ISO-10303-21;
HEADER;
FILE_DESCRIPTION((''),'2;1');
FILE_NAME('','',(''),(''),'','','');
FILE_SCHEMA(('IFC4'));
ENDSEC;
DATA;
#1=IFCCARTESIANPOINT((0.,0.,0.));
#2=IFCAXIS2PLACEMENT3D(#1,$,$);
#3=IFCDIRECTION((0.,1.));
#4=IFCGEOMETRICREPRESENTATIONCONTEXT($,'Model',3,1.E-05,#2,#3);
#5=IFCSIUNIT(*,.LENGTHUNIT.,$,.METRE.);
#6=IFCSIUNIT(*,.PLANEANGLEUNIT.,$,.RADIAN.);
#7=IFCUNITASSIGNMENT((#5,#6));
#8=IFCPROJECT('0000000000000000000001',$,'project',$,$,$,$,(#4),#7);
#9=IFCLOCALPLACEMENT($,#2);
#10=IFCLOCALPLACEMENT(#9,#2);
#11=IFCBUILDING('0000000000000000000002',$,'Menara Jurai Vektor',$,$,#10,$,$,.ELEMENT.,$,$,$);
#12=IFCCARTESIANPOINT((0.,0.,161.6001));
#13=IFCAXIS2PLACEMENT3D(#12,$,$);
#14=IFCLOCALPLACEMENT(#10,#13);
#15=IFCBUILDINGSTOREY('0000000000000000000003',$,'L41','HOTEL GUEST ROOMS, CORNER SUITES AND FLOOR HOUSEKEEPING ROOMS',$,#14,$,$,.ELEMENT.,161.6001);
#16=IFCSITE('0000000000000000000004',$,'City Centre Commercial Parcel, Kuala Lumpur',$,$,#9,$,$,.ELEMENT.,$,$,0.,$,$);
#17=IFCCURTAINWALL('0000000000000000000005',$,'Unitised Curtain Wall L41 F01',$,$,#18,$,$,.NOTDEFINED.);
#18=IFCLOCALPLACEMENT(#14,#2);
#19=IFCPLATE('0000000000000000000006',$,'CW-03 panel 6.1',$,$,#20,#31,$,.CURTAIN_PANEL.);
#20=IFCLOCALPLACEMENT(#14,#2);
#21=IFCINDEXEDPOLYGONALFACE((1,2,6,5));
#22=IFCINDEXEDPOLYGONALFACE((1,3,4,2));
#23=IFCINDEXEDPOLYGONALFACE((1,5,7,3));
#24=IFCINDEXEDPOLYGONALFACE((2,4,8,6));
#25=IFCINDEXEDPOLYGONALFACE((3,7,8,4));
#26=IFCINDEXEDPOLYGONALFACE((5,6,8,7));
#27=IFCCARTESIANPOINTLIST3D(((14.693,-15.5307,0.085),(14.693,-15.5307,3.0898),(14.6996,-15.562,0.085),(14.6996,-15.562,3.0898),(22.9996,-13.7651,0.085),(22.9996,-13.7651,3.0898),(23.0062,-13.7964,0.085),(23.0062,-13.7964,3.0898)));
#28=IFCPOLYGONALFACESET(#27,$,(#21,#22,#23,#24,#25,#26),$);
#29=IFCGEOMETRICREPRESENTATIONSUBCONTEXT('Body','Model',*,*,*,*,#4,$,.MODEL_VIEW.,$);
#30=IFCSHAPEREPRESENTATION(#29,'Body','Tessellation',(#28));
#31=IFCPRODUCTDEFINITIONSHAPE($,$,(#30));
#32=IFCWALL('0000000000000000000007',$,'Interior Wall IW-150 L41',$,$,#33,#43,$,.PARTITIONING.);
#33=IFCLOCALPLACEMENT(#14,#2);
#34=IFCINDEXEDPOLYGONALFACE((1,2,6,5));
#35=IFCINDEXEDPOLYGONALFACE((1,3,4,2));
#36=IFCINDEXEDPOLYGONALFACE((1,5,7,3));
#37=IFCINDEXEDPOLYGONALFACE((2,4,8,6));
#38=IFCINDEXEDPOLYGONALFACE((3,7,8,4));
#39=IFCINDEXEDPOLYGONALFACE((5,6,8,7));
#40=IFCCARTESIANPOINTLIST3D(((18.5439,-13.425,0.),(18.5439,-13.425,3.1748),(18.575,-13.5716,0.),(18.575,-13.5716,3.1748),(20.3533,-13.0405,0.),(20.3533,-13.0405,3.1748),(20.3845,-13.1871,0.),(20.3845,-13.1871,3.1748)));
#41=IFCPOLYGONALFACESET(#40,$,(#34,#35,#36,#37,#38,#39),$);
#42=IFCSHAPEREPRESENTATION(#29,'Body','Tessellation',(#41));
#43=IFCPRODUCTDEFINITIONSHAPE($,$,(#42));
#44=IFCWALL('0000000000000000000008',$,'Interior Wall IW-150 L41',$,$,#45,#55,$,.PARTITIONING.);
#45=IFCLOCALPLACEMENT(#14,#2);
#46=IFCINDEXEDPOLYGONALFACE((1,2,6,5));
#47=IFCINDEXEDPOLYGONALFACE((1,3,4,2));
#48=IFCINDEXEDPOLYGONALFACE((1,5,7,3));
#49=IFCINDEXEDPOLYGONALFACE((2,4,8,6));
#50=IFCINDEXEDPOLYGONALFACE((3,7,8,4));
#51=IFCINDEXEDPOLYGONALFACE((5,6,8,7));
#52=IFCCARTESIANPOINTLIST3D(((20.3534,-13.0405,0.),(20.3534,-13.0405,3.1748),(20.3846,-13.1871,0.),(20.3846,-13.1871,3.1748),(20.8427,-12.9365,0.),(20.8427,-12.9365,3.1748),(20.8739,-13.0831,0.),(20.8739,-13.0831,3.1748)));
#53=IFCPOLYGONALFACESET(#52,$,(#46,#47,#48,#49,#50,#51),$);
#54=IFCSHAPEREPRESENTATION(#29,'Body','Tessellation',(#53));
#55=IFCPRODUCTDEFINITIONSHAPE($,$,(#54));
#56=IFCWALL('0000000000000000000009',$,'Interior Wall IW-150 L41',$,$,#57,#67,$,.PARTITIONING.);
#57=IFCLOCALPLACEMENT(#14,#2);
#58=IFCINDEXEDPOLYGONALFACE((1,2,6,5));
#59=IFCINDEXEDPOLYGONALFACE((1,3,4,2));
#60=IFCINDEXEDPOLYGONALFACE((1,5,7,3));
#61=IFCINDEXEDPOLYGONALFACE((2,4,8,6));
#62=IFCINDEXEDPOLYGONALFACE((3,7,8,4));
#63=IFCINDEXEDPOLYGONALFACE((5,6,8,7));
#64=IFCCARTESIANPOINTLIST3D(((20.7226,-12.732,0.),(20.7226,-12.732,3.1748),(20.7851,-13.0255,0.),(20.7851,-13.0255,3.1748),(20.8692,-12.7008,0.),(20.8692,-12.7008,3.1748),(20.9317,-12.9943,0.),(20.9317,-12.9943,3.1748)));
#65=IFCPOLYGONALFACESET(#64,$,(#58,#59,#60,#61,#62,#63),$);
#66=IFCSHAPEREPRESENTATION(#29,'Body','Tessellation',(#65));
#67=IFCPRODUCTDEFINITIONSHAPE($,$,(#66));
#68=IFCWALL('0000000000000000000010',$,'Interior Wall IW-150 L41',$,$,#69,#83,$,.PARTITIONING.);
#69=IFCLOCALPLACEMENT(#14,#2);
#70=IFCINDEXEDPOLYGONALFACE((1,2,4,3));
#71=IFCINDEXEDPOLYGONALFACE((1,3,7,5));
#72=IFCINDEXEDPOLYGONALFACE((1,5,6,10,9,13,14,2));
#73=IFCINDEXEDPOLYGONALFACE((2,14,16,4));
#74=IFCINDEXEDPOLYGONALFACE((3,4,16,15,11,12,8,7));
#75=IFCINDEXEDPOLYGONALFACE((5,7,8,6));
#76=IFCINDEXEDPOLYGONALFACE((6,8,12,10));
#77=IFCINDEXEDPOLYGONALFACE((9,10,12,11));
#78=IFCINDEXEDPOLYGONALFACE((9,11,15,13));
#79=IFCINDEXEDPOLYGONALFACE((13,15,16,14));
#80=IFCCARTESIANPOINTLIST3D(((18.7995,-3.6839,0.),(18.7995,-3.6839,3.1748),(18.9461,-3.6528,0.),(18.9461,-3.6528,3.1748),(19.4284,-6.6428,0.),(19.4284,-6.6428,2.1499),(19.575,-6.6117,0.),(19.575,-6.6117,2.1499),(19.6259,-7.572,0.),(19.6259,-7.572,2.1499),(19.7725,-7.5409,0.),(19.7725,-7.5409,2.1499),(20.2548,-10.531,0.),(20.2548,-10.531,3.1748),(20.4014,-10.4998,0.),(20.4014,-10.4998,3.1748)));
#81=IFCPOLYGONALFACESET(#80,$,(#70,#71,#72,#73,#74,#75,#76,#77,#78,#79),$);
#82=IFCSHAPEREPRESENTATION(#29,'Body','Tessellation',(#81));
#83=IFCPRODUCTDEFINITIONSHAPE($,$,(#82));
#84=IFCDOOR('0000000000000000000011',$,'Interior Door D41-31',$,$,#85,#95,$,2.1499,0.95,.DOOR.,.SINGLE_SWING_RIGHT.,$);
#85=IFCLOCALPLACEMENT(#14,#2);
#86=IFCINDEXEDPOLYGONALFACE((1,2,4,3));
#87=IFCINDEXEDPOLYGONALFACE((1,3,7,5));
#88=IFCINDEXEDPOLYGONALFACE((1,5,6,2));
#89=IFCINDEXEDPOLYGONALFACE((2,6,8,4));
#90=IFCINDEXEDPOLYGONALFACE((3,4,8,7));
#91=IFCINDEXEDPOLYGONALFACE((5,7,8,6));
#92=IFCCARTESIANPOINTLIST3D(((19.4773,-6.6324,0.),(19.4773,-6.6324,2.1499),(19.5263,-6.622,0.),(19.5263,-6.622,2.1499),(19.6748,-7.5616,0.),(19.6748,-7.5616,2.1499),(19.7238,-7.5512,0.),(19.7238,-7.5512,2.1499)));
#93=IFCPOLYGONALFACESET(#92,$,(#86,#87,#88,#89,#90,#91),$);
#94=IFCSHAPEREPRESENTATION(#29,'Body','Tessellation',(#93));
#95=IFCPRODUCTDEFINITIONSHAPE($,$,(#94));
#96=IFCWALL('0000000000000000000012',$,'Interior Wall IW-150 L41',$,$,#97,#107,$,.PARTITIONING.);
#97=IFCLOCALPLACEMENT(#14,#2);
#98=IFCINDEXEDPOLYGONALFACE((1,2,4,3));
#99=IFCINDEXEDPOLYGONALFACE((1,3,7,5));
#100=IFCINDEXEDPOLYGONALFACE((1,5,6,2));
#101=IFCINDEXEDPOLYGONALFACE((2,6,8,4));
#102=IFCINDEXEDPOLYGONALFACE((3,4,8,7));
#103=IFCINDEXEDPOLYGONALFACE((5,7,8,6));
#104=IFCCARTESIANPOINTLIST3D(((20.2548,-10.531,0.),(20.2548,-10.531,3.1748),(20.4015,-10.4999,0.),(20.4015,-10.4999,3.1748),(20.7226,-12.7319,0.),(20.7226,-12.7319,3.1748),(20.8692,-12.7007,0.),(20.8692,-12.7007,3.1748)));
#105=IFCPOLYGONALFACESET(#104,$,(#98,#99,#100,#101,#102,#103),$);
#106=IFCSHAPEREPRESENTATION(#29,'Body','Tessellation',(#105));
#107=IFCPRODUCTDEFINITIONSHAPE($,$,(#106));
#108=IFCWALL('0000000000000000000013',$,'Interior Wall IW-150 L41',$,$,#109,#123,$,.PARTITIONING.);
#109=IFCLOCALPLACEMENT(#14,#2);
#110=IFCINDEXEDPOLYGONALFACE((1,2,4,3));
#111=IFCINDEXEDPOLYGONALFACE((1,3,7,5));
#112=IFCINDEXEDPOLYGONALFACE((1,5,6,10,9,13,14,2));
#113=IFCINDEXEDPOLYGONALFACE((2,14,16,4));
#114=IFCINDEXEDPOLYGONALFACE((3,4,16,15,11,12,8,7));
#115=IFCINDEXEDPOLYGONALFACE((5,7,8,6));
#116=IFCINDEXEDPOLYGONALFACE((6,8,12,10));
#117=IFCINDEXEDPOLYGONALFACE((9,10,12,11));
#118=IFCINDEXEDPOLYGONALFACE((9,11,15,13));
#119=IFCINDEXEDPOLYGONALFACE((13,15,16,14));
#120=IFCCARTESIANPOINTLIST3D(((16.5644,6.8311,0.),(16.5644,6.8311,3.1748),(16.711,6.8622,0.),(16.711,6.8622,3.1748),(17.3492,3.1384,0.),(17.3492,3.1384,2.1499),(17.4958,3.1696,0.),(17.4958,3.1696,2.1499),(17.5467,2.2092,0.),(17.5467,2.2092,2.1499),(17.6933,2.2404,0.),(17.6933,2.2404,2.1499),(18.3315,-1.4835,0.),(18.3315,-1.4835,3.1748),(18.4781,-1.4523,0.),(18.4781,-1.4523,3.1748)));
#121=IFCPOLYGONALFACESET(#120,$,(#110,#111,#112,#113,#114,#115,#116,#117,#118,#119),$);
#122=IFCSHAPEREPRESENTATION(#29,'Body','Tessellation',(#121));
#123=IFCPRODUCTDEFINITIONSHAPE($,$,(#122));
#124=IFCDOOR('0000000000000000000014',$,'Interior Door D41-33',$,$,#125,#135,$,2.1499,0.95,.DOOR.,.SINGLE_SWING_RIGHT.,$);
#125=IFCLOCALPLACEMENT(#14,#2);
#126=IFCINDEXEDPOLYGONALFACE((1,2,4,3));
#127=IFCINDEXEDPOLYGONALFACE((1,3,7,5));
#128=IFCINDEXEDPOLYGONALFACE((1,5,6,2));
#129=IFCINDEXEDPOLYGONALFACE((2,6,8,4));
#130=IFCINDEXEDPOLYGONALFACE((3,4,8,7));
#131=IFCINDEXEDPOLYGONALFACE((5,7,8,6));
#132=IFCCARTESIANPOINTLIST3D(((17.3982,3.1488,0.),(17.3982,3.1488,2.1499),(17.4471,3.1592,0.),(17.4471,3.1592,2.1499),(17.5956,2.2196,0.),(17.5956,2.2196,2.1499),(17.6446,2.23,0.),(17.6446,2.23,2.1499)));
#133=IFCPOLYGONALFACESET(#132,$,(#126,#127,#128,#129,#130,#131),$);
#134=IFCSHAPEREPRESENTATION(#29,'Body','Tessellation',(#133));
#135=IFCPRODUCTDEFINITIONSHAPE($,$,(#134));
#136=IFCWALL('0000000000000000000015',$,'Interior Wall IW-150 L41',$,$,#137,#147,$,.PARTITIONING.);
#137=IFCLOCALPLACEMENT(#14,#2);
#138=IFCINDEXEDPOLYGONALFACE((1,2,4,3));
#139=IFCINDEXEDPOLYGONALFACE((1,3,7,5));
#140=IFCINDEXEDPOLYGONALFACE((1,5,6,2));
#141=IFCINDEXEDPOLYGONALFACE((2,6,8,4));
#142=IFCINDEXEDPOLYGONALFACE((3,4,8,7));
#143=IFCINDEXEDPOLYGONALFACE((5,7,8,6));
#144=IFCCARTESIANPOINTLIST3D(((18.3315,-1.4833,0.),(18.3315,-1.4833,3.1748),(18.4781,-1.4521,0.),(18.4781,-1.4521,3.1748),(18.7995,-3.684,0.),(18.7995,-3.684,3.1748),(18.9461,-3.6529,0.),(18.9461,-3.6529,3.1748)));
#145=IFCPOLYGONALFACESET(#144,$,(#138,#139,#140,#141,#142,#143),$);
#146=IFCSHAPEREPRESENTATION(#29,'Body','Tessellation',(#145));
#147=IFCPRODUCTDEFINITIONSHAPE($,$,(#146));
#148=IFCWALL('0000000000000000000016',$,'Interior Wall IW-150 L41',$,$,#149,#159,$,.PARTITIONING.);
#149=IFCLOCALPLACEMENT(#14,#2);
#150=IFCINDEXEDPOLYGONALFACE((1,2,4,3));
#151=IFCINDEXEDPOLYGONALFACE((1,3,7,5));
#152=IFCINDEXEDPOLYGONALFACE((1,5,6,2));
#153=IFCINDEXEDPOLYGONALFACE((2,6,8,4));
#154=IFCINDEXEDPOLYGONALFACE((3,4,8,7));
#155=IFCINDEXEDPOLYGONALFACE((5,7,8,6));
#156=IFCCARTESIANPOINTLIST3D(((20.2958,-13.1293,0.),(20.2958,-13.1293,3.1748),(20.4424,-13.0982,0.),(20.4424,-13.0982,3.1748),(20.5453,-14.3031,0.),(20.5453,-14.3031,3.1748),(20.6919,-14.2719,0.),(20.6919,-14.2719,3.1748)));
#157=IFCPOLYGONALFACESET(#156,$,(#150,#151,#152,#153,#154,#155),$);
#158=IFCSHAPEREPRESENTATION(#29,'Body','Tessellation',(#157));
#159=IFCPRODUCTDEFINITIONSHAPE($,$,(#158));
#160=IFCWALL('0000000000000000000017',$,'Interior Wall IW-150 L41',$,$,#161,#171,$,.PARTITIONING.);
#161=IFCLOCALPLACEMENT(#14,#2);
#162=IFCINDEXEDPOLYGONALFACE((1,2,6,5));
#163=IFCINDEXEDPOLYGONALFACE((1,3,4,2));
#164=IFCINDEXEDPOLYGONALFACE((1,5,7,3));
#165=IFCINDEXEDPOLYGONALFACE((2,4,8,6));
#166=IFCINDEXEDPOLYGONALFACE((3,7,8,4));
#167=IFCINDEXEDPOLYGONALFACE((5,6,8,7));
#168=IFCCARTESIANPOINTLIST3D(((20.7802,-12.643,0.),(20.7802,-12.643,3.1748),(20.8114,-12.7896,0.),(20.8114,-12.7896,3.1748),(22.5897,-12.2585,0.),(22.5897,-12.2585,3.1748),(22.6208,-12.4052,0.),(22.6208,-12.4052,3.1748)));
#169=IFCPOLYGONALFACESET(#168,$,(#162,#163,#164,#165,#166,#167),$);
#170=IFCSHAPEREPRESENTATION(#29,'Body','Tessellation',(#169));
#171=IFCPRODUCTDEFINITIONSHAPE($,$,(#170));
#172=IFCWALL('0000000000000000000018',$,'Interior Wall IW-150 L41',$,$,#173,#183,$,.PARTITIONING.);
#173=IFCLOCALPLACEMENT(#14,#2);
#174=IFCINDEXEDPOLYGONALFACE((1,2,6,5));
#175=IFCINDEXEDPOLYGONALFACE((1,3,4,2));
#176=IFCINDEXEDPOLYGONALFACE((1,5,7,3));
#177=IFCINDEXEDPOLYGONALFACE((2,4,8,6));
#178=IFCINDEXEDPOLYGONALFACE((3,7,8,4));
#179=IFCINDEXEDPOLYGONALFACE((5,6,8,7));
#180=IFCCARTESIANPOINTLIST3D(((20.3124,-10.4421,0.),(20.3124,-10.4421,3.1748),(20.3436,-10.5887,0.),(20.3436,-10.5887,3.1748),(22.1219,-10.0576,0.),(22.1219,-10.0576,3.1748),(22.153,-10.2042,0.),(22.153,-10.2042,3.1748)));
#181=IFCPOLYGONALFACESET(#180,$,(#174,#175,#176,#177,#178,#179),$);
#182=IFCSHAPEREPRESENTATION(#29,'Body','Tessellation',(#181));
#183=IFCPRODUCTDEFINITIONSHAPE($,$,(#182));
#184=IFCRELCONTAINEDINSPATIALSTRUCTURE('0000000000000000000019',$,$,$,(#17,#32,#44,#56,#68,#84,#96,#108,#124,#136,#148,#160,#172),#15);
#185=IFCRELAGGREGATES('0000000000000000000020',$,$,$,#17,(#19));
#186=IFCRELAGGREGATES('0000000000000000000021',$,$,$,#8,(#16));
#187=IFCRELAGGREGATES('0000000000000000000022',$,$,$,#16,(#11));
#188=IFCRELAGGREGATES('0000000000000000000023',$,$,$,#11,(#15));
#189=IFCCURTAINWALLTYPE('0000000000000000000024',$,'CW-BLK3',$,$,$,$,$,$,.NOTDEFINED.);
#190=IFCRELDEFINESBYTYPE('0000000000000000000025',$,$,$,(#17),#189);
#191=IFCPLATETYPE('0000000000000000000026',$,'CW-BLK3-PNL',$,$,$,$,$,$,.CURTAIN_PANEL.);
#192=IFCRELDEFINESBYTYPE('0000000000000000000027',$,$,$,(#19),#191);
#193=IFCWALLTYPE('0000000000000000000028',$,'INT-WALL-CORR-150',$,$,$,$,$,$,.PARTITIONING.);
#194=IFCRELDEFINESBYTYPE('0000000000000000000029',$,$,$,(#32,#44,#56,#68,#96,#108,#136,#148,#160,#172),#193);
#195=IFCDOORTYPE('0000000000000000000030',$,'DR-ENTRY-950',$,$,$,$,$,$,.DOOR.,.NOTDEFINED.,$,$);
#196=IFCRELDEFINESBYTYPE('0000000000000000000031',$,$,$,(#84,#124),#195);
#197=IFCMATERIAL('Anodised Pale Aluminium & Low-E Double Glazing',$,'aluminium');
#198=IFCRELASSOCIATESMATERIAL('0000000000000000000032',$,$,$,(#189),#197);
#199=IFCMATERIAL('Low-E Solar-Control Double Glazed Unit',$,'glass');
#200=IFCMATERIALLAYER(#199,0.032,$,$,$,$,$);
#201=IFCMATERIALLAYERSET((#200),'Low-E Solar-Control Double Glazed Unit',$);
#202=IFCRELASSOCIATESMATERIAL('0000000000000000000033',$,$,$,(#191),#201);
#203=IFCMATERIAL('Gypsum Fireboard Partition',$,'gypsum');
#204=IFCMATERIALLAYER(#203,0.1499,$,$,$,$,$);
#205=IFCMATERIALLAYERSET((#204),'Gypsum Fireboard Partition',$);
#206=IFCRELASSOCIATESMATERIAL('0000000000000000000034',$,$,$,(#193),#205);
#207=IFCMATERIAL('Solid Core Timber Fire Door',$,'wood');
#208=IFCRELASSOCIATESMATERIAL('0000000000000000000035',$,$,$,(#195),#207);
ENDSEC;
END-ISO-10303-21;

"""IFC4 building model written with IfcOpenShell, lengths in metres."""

from ifc_helpers import new_model, si_unit, direction, frame, frame_2d, origin, origin_2d, place, context, subcontext, project, spatial, rectangle, extrude, material, layer, layer_set, type_object, element, fill, aggregate, save


model = new_model("IFC4")

# Units and contexts
model_context = context("Model", 3, precision=1e-05, world=origin(), true_north=direction((0.0, 1.0)))
body_context = subcontext(model_context, "Body", "Model", "MODEL_VIEW")
ifc_project = project(units=[si_unit("LENGTHUNIT", "METRE"), si_unit("PLANEANGLEUNIT", "RADIAN")], contexts=[model_context])

# Site, building, storey
site_placement = place(None, origin())
site = spatial("IfcSite", under=ifc_project, at=site_placement, Name="City Centre Commercial Parcel, Kuala Lumpur", CompositionType="ELEMENT", RefElevation=0.0)
building_placement = place(site_placement, origin())
building = spatial("IfcBuilding", under=site, at=building_placement, Name="Menara Jurai Vektor", CompositionType="ELEMENT")
storey_placement = place(building_placement, frame((0.0, 0.0, 161.6001)))
storey = spatial("IfcBuildingStorey", under=building, at=storey_placement, Name="L41", Description="HOTEL GUEST ROOMS, CORNER SUITES AND FLOOR HOUSEKEEPING ROOMS", CompositionType="ELEMENT", Elevation=161.6001)

# Curtain wall
ifc_material_1 = material(Name="Anodised Pale Aluminium & Low-E Double Glazing", Category="aluminium")
curtain_wall_type = type_object("IfcCurtainWallType", Name="CW-BLK3", PredefinedType="NOTDEFINED", material=ifc_material_1)
curtain_wall_placement = place(storey_placement, origin())
curtain_wall = element("IfcCurtainWall", 1, at=curtain_wall_placement, inside=storey, type_object=curtain_wall_type, Name="Unitised Curtain Wall L41 F01", PredefinedType="NOTDEFINED")

# Plate
ifc_material_2 = material(Name="Low-E Solar-Control Double Glazed Unit", Category="glass")
ifc_layer_1 = layer(ifc_material_2, 0.032)
ifc_layer_set_1 = layer_set([ifc_layer_1], Name="Low-E Solar-Control Double Glazed Unit")
plate_type = type_object("IfcPlateType", Name="CW-BLK3-PNL", PredefinedType="CURTAIN_PANEL", material=ifc_layer_set_1)
plate_placement = place(storey_placement, frame((18.8496, -14.6636, 0.085), z_axis=(0.0, 0.0, 1.0), x_axis=(0.978148, 0.207911, 0.0)))
plate = element("IfcPlate", 2, at=plate_placement, type_object=plate_type, Name="CW-03 panel 6.1", PredefinedType="CURTAIN_PANEL", context=body_context, shape_type="SweptSolid", body=[
    extrude(rectangle(XDim=8.4922, YDim=0.032, at=origin_2d()), origin(), (0.0, 0.0, 1.0), 3.0049),
])
aggregate(curtain_wall, [plate])

# Walls
ifc_material_3 = material(Name="Gypsum Fireboard Partition", Category="gypsum")
ifc_layer_2 = layer(ifc_material_3, 0.1499)
ifc_layer_set_2 = layer_set([ifc_layer_2], Name="Gypsum Fireboard Partition")
wall_type_1 = type_object("IfcWallType", Name="INT-WALL-CORR-150", PredefinedType="PARTITIONING", material=ifc_layer_set_2)
wall_1_placement = place(storey_placement, frame((18.5596, -13.4983, 0.0), z_axis=(0.0, 0.0, 1.0), x_axis=(0.97816, 0.207852, 0.0)))
element("IfcWall", 3, at=wall_1_placement, inside=storey, type_object=wall_type_1, Name="Interior Wall IW-150 L41", PredefinedType="PARTITIONING", context=body_context, shape_type="SweptSolid", body=[
    extrude(rectangle(XDim=1.8499, YDim=0.1499, at=frame_2d((0.9248, 0.0))), origin(), (0.0, 0.0, 1.0), 3.1748),
])
wall_2_placement = place(storey_placement, frame((20.3691, -13.1138, 0.0), z_axis=(0.0, 0.0, 1.0), x_axis=(0.978144, 0.207929, 0.0)))
element("IfcWall", 4, at=wall_2_placement, inside=storey, type_object=wall_type_1, Name="Interior Wall IW-150 L41", PredefinedType="PARTITIONING", context=body_context, shape_type="SweptSolid", body=[
    extrude(rectangle(XDim=0.5002, YDim=0.1499, at=frame_2d((0.25, 0.0))), origin(), (0.0, 0.0, 1.0), 3.1748),
])
wall_3_placement = place(storey_placement, frame((20.8584, -13.0098, 0.0), z_axis=(0.0, 0.0, 1.0), x_axis=(-0.208306, 0.978064, 0.0)))
element("IfcWall", 5, at=wall_3_placement, inside=storey, type_object=wall_type_1, Name="Interior Wall IW-150 L41", PredefinedType="PARTITIONING", context=body_context, shape_type="SweptSolid", body=[
    extrude(rectangle(XDim=0.3, YDim=0.1499, at=frame_2d((0.1499, 0.0))), origin(), (0.0, 0.0, 1.0), 3.1748),
])

# Wall, opening, door
wall_4_placement = place(storey_placement, frame((20.3281, -10.5154, 0.0), z_axis=(0.0, 0.0, 1.0), x_axis=(-0.207907, 0.978149, 0.0)))
wall_4 = element("IfcWall", 6, at=wall_4_placement, inside=storey, type_object=wall_type_1, Name="Interior Wall IW-150 L41", PredefinedType="PARTITIONING", context=body_context, shape_type="SweptSolid", body=[
    extrude(rectangle(XDim=7.0, YDim=0.1499, at=frame_2d((3.5, 0.0))), origin(), (0.0, 0.0, 1.0), 3.1748),
])
opening_1_placement = place(wall_4_placement, frame((3.0249, 0.0, 0.0)))
opening_1 = element("IfcOpeningElement", 7, at=opening_1_placement, cuts=wall_4, PredefinedType="OPENING", context=body_context, shape_type="SweptSolid", body=[
    extrude(rectangle(XDim=0.95, YDim=2.1499, at=frame_2d((0.4751, 1.075))), frame((0.0, 0.085, 0.0), z_axis=(0.0, -1.0, 0.0), x_axis=(1.0, 0.0, 0.0)), (0.0, 0.0, 1.0), 0.1699),
])
ifc_material_4 = material(Name="Solid Core Timber Fire Door", Category="wood")
door_type_1 = type_object("IfcDoorType", Name="DR-ENTRY-950", OperationType="NOTDEFINED", PredefinedType="DOOR", material=ifc_material_4)
door_1_placement = place(opening_1_placement, origin())
door_1 = element("IfcDoor", 8, at=door_1_placement, inside=storey, type_object=door_type_1, Name="Interior Door D41-31", OperationType="SINGLE_SWING_RIGHT", OverallHeight=2.1499, OverallWidth=0.95, PredefinedType="DOOR", context=body_context, shape_type="SweptSolid", body=[
    extrude(rectangle(XDim=0.95, YDim=2.1499, at=frame_2d((0.4751, 1.075))), frame((0.0, 0.0249, 0.0), z_axis=(0.0, -1.0, 0.0), x_axis=(1.0, 0.0, 0.0)), (0.0, 0.0, 1.0), 0.05),
])
fill(opening_1, door_1)

# Wall
wall_5_placement = place(storey_placement, frame((20.7959, -12.7163, 0.0), z_axis=(0.0, 0.0, 1.0), x_axis=(-0.207891, 0.978152, 0.0)))
element("IfcWall", 9, at=wall_5_placement, inside=storey, type_object=wall_type_1, Name="Interior Wall IW-150 L41", PredefinedType="PARTITIONING", context=body_context, shape_type="SweptSolid", body=[
    extrude(rectangle(XDim=2.25, YDim=0.1499, at=frame_2d((1.125, 0.0))), origin(), (0.0, 0.0, 1.0), 3.1748),
])

# Wall, opening, door
wall_6_placement = place(storey_placement, frame((18.4048, -1.4678, 0.0), z_axis=(0.0, 0.0, 1.0), x_axis=(-0.207889, 0.978152, 0.0)))
wall_6 = element("IfcWall", 10, at=wall_6_placement, inside=storey, type_object=wall_type_1, Name="Interior Wall IW-150 L41", PredefinedType="PARTITIONING", context=body_context, shape_type="SweptSolid", body=[
    extrude(rectangle(XDim=8.5002, YDim=0.1499, at=frame_2d((4.25, 0.0))), origin(), (0.0, 0.0, 1.0), 3.1748),
])
opening_2_placement = place(wall_6_placement, frame((3.7749, 0.0, 0.0)))
opening_2 = element("IfcOpeningElement", 11, at=opening_2_placement, cuts=wall_6, PredefinedType="OPENING", context=body_context, shape_type="SweptSolid", body=[
    extrude(rectangle(XDim=0.95, YDim=2.1499, at=frame_2d((0.4751, 1.075))), frame((0.0, 0.085, 0.0), z_axis=(0.0, -1.0, 0.0), x_axis=(1.0, 0.0, 0.0)), (0.0, 0.0, 1.0), 0.1699),
])
door_2_placement = place(opening_2_placement, origin())
door_2 = element("IfcDoor", 12, at=door_2_placement, inside=storey, type_object=door_type_1, Name="Interior Door D41-33", OperationType="SINGLE_SWING_RIGHT", OverallHeight=2.1499, OverallWidth=0.95, PredefinedType="DOOR", context=body_context, shape_type="SweptSolid", body=[
    extrude(rectangle(XDim=0.95, YDim=2.1499, at=frame_2d((0.4751, 1.075))), frame((0.0, 0.0249, 0.0), z_axis=(0.0, -1.0, 0.0), x_axis=(1.0, 0.0, 0.0)), (0.0, 0.0, 1.0), 0.05),
])
fill(opening_2, door_2)

# Walls
wall_7_placement = place(storey_placement, frame((18.8728, -3.6685, 0.0), z_axis=(0.0, 0.0, 1.0), x_axis=(-0.208017, 0.978125, 0.0)))
element("IfcWall", 13, at=wall_7_placement, inside=storey, type_object=wall_type_1, Name="Interior Wall IW-150 L41", PredefinedType="PARTITIONING", context=body_context, shape_type="SweptSolid", body=[
    extrude(rectangle(XDim=2.25, YDim=0.1499, at=frame_2d((1.125, 0.0))), origin(), (0.0, 0.0, 1.0), 3.1748),
])
wall_8_placement = place(storey_placement, frame((20.6187, -14.2876, 0.0), z_axis=(0.0, 0.0, 1.0), x_axis=(-0.207917, 0.978146, 0.0)))
element("IfcWall", 14, at=wall_8_placement, inside=storey, type_object=wall_type_1, Name="Interior Wall IW-150 L41", PredefinedType="PARTITIONING", context=body_context, shape_type="SweptSolid", body=[
    extrude(rectangle(XDim=1.2, YDim=0.1499, at=frame_2d((0.6001, 0.0))), origin(), (0.0, 0.0, 1.0), 3.1748),
])
for number, where, z_axis, x_axis, name in (
    (15, (20.7959, -12.7163, 0.0), (0.0, 0.0, 1.0), (0.97816, 0.207852, 0.0), "Interior Wall IW-150 L41"),
    (16, (20.3281, -10.5154, 0.0), (0.0, 0.0, 1.0), (0.97816, 0.207852, 0.0), "Interior Wall IW-150 L41"),
):
    element("IfcWall", number, at=place(storey_placement, frame(where, z_axis=z_axis, x_axis=x_axis)), inside=storey, type_object=wall_type_1, Name=name, PredefinedType="PARTITIONING", context=body_context, shape_type="SweptSolid", body=[
        extrude(rectangle(XDim=1.8499, YDim=0.1499, at=frame_2d((0.9248, 0.0))), origin(), (0.0, 0.0, 1.0), 3.1748),
    ])

save(model, "model.ifc")
